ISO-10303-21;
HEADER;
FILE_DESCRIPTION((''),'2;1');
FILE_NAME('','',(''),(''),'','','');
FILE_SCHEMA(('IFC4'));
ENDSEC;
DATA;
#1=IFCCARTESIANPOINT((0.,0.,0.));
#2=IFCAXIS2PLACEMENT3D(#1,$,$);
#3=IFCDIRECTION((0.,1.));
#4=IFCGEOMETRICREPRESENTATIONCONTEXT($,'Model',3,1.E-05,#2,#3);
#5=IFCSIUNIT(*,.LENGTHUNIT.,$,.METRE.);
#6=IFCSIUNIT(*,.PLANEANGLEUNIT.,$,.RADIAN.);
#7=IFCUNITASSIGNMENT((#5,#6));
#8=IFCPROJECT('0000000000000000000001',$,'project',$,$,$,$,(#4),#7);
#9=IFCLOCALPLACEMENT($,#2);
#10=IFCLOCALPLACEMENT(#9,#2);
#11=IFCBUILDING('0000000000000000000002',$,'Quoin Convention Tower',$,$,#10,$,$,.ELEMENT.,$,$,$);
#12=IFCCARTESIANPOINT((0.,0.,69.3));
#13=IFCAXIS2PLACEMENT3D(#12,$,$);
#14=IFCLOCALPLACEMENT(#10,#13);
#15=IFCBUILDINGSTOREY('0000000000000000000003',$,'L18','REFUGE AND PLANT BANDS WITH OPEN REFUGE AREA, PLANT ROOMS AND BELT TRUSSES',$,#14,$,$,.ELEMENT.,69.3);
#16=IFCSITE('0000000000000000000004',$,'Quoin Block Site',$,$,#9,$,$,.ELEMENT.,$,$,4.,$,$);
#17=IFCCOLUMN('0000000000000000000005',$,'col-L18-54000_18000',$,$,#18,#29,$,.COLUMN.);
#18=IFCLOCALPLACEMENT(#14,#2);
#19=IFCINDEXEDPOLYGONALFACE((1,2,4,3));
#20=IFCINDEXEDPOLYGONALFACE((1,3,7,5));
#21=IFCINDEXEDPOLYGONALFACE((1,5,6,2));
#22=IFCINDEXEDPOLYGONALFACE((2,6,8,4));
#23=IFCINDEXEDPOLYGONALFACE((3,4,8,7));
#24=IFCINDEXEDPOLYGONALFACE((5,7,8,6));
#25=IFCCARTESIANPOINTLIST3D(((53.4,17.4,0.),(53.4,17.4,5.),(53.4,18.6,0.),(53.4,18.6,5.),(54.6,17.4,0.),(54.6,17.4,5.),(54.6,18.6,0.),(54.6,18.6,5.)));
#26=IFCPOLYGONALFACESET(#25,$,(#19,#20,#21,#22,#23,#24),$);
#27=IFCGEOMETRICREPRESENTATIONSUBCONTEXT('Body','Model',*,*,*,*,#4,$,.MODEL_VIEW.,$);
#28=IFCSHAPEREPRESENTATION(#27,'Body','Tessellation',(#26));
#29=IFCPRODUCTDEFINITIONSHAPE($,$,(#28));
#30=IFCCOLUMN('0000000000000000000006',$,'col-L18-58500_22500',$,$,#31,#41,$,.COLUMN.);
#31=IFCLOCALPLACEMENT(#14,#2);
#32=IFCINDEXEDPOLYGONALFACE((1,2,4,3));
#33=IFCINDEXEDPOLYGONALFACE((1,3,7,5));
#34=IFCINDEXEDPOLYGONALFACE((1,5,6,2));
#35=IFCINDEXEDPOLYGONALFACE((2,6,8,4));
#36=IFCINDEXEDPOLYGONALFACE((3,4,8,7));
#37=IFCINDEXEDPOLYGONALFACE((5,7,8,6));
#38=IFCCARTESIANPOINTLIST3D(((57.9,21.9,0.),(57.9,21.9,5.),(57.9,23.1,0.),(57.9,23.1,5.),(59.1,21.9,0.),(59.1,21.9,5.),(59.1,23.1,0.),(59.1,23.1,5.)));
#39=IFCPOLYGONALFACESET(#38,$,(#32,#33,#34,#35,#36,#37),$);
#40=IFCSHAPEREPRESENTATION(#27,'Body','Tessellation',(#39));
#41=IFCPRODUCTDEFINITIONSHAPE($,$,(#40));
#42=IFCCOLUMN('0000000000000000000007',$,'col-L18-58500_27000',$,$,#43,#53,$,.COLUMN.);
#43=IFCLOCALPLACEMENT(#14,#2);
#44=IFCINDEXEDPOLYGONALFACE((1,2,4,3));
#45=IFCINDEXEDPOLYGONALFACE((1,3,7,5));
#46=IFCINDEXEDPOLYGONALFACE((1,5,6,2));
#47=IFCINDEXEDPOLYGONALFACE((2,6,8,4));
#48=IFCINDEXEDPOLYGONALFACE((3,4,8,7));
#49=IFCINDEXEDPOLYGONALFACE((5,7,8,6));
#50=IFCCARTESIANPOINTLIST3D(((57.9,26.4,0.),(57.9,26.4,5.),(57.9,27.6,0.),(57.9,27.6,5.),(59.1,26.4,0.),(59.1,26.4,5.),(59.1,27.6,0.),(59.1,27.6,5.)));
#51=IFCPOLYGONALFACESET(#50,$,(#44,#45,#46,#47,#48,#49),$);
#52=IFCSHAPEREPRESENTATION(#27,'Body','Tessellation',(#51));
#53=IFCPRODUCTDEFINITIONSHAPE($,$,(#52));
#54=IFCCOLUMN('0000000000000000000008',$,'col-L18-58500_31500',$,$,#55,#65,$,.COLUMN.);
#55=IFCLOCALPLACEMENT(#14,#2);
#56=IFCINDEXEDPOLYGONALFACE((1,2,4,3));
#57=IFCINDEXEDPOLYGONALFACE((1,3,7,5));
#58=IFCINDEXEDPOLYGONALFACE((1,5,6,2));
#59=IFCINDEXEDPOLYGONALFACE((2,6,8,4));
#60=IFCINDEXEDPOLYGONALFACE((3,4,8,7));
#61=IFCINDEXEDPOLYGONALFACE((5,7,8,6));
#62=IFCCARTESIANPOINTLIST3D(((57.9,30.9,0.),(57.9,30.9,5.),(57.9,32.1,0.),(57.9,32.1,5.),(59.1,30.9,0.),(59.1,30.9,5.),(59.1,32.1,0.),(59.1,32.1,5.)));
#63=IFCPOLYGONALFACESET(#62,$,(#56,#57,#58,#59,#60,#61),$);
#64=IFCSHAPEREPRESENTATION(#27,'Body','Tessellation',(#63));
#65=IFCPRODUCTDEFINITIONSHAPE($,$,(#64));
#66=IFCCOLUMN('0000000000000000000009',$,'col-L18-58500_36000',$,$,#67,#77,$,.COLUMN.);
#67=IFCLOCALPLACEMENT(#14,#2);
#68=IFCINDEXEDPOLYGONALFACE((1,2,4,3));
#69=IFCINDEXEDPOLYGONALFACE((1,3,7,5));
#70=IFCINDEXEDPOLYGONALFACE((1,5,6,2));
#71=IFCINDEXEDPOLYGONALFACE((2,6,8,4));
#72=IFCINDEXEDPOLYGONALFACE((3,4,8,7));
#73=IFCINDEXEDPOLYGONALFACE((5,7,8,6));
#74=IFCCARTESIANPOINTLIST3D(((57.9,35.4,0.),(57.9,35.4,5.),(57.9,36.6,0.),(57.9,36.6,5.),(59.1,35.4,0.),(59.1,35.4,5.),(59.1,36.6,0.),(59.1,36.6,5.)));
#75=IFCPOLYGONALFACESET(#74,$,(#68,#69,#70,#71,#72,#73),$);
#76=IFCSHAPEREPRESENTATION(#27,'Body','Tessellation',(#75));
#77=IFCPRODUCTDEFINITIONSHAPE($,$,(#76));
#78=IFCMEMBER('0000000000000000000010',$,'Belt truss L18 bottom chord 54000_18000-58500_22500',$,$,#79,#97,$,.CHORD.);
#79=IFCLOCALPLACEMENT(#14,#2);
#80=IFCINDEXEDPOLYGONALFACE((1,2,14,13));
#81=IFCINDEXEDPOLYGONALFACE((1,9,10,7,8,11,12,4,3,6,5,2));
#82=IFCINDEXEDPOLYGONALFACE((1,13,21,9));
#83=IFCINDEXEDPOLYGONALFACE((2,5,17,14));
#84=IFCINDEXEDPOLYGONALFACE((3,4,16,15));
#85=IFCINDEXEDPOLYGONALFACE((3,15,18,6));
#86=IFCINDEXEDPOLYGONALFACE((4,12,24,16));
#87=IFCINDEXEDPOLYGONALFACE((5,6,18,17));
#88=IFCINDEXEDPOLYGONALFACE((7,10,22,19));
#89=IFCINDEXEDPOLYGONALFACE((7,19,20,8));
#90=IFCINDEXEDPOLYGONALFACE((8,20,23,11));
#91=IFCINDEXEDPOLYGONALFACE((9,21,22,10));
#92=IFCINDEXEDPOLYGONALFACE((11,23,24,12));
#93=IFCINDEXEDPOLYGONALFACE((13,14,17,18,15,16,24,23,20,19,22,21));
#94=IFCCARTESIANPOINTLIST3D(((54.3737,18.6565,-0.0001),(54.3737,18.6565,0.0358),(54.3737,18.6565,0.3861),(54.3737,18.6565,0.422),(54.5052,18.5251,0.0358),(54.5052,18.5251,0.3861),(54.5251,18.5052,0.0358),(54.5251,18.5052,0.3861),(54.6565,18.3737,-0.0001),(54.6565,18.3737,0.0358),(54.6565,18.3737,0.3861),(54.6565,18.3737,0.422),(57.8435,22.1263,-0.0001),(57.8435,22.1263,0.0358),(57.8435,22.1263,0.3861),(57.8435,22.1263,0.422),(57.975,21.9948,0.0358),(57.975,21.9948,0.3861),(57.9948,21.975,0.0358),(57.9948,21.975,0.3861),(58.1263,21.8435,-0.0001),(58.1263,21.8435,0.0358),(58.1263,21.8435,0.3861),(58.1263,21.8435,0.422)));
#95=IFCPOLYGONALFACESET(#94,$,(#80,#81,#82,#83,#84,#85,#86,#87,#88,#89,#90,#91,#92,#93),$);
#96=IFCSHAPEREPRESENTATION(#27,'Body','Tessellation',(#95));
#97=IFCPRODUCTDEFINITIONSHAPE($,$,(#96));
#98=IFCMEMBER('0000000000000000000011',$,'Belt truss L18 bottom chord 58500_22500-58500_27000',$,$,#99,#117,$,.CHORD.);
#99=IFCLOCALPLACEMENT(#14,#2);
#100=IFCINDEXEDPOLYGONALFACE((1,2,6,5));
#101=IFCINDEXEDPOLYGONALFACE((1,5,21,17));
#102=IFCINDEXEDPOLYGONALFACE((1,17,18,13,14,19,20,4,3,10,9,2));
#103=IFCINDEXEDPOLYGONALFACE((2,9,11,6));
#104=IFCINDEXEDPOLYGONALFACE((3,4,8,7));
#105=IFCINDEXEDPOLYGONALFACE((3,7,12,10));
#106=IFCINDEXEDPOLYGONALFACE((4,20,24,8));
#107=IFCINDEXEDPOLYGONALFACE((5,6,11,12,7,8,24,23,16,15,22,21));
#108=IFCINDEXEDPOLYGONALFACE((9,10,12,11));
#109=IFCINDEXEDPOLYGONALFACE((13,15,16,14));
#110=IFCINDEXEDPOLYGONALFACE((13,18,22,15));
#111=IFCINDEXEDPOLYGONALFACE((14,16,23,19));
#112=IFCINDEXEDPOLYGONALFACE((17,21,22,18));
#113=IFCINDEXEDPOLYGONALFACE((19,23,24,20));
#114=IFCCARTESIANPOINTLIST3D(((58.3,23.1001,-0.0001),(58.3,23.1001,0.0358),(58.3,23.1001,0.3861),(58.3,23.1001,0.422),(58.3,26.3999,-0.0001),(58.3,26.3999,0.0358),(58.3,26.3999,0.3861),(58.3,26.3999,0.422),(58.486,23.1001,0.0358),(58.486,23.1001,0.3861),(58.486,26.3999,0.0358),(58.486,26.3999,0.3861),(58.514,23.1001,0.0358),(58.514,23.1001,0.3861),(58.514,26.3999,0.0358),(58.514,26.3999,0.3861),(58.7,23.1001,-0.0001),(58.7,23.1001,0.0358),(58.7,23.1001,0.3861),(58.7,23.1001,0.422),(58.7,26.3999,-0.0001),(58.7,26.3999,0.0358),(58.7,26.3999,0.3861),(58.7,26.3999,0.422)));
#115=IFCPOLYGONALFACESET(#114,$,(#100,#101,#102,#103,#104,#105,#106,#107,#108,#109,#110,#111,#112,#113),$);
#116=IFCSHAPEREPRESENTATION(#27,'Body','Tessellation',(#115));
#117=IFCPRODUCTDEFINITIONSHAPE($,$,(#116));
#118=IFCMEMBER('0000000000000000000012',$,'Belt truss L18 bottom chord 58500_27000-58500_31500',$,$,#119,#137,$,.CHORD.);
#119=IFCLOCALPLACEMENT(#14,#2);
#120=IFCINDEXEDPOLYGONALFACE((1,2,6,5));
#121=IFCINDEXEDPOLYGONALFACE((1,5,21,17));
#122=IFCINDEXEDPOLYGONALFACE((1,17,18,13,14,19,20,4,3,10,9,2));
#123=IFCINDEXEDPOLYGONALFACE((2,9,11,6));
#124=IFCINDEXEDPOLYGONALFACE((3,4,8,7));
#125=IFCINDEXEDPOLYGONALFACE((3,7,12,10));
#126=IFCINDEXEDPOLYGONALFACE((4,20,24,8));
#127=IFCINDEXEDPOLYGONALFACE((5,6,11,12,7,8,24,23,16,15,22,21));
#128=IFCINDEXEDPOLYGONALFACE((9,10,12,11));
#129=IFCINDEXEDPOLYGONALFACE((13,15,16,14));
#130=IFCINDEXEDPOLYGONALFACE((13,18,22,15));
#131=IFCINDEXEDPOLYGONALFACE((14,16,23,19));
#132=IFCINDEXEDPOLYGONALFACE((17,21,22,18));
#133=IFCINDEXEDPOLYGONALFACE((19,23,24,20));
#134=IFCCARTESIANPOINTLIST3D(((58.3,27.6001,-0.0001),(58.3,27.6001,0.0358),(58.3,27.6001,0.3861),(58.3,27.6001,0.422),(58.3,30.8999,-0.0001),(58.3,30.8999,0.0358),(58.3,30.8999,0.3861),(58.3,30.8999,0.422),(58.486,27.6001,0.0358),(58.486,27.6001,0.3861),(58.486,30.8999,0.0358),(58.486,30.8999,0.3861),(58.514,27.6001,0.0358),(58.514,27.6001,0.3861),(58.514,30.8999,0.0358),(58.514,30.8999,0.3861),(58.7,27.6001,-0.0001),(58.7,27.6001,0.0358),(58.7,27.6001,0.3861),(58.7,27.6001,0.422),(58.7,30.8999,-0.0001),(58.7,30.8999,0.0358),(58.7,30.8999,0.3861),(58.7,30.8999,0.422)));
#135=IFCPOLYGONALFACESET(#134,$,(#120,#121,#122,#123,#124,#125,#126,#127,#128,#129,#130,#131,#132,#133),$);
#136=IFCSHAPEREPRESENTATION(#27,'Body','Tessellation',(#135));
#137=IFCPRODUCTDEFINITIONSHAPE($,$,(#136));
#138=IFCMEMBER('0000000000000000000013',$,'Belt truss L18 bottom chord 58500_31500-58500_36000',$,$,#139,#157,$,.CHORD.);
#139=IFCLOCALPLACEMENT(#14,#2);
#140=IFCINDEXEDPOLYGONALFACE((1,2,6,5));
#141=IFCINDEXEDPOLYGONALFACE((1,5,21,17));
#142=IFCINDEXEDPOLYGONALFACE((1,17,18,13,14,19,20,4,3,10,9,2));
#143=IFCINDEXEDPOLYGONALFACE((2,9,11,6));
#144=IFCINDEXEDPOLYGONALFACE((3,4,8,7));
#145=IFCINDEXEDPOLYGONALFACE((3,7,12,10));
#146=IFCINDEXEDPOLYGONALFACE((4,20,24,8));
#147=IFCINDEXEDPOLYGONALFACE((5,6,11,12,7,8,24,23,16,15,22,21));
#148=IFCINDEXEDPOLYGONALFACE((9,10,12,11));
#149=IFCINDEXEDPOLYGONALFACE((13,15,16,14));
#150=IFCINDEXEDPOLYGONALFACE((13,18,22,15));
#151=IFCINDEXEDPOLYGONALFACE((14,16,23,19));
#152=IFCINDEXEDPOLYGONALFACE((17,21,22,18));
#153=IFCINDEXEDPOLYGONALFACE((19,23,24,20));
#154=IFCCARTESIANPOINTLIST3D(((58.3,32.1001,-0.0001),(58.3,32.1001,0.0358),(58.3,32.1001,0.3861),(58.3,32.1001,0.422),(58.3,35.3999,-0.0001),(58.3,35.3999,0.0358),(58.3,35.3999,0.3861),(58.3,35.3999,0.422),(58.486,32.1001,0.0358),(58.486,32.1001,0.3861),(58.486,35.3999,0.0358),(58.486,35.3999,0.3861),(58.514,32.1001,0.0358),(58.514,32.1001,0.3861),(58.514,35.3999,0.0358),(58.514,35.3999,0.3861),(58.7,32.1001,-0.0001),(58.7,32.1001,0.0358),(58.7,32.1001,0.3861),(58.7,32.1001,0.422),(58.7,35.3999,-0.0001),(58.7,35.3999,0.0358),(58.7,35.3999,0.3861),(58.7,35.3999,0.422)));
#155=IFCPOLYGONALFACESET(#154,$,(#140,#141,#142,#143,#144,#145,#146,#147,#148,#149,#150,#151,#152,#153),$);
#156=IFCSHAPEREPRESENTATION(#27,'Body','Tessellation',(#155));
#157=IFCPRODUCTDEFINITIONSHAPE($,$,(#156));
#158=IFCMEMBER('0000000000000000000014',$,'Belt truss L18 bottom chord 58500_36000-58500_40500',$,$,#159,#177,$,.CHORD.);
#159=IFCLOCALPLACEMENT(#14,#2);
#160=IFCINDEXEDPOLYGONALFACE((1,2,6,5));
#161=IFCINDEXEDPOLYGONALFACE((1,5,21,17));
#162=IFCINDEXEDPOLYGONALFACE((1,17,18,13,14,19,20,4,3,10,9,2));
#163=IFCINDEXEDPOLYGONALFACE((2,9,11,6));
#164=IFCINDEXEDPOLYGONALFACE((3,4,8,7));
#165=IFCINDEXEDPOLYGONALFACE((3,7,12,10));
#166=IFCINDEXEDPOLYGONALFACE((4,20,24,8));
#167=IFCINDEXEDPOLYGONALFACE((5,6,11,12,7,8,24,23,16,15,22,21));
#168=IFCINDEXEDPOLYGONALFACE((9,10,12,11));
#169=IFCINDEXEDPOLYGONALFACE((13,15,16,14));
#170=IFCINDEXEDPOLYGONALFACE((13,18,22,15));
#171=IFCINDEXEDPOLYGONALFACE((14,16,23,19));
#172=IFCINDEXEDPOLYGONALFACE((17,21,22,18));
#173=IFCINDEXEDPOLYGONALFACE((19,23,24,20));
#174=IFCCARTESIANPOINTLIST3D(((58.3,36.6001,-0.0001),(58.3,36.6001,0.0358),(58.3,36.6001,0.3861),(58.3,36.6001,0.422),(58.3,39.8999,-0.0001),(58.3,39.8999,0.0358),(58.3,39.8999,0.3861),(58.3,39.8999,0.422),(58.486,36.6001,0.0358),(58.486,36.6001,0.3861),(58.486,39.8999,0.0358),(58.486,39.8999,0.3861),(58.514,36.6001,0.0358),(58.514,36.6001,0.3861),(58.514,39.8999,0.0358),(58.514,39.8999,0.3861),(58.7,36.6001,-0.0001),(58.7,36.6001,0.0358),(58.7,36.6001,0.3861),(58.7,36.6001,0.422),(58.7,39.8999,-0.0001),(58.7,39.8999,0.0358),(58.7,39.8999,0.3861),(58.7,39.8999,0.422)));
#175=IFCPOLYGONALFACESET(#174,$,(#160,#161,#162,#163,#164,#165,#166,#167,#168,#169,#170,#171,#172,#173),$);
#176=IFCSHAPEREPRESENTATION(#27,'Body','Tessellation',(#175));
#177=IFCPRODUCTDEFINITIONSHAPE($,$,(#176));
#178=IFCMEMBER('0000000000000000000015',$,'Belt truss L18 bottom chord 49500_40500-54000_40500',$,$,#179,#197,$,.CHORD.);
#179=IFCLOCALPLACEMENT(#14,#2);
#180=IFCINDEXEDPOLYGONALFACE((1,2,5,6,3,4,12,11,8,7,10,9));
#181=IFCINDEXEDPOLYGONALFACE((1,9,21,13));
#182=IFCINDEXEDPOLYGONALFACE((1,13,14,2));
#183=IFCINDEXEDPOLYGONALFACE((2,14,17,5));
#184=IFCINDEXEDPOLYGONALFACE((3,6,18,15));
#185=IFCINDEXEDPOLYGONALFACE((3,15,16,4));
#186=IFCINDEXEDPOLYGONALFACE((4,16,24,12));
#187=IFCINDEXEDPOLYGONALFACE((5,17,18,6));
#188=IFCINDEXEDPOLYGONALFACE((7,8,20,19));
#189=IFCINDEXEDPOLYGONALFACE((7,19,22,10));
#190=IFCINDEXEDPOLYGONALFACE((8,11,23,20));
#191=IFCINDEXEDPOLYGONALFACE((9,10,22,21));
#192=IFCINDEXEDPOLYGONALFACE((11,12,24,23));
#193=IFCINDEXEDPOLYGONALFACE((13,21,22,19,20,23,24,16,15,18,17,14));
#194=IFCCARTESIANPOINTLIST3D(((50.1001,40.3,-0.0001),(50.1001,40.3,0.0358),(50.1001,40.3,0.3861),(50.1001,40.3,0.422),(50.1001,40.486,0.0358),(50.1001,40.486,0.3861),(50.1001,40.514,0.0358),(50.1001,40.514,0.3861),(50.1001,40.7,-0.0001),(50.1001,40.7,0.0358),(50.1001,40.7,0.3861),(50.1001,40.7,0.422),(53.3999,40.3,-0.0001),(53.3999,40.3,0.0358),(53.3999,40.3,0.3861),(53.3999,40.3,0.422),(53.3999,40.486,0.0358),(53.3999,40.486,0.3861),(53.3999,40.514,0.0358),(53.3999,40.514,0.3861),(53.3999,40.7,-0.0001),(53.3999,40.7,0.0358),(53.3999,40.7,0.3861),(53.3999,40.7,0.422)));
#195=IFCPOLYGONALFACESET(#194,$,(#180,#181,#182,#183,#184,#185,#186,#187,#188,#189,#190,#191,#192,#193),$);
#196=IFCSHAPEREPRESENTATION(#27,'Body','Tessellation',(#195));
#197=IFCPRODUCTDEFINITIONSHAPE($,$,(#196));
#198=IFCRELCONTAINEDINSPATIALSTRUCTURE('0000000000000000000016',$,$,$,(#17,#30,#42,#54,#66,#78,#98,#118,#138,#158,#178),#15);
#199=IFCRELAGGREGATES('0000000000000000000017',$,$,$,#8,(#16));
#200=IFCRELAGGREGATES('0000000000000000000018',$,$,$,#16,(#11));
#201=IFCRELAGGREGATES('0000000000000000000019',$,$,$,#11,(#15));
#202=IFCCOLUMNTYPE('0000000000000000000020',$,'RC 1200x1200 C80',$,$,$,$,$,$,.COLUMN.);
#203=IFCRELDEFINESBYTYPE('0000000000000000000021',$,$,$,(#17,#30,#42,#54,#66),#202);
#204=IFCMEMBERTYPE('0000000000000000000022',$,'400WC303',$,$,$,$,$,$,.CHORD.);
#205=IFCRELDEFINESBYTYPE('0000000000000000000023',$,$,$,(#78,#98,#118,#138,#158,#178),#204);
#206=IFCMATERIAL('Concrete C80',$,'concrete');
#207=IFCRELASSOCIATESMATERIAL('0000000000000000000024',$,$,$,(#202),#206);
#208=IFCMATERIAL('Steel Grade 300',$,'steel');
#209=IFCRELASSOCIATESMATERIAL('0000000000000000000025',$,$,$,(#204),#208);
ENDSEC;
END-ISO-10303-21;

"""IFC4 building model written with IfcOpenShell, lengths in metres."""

from ifc_helpers import new_model, si_unit, direction, frame, origin, origin_2d, place, context, subcontext, project, spatial, rectangle, i_section, extrude, material, material_profile, profile_set, type_object, element, save


model = new_model("IFC4")

# Units and contexts
model_context = context("Model", 3, precision=1e-05, world=origin(), true_north=direction((0.0, 1.0)))
body_context = subcontext(model_context, "Body", "Model", "MODEL_VIEW")
ifc_project = project(units=[si_unit("LENGTHUNIT", "METRE"), si_unit("PLANEANGLEUNIT", "RADIAN")], contexts=[model_context])

# Site, building, storey
site_placement = place(None, origin())
site = spatial("IfcSite", under=ifc_project, at=site_placement, Name="Quoin Block Site", CompositionType="ELEMENT", RefElevation=4.0)
building_placement = place(site_placement, origin())
building = spatial("IfcBuilding", under=site, at=building_placement, Name="Quoin Convention Tower", CompositionType="ELEMENT")
storey_placement = place(building_placement, frame((0.0, 0.0, 69.3)))
storey = spatial("IfcBuildingStorey", under=building, at=storey_placement, Name="L18", Description="REFUGE AND PLANT BANDS WITH OPEN REFUGE AREA, PLANT ROOMS AND BELT TRUSSES", CompositionType="ELEMENT", Elevation=69.3)

# Columns
ifc_material_1 = material(Name="Concrete C80", Category="concrete")
ifc_material_profile_1 = material_profile(ifc_material_1, rectangle(XDim=1.2, YDim=1.2, at=origin_2d()), Name="RC 1200x1200")
ifc_profile_set_1 = profile_set([ifc_material_profile_1], Name="Concrete C80")
column_type = type_object("IfcColumnType", Name="RC 1200x1200 C80", PredefinedType="COLUMN", material=ifc_profile_set_1)
for number, where, z_axis, x_axis, name in (
    (1, (54.0, 18.0, 0.0), (0.0, 0.0, 1.0), (1.0, 0.0, 0.0), "col-L18-54000_18000"),
    (2, (58.5, 22.5, 0.0), (0.0, 0.0, 1.0), (1.0, 0.0, 0.0), "col-L18-58500_22500"),
    (3, (58.5, 27.0, 0.0), (0.0, 0.0, 1.0), (1.0, 0.0, 0.0), "col-L18-58500_27000"),
    (4, (58.5, 31.5, 0.0), (0.0, 0.0, 1.0), (1.0, 0.0, 0.0), "col-L18-58500_31500"),
    (5, (58.5, 36.0, 0.0), (0.0, 0.0, 1.0), (1.0, 0.0, 0.0), "col-L18-58500_36000"),
):
    element("IfcColumn", number, at=place(storey_placement, frame(where, z_axis=z_axis, x_axis=x_axis)), inside=storey, type_object=column_type, Name=name, PredefinedType="COLUMN", context=body_context, shape_type="SweptSolid", body=[
        extrude(rectangle(XDim=1.2, YDim=1.2, at=origin_2d()), origin(), (0.0, 0.0, 1.0), 5.0),
    ])

# Members
ifc_material_2 = material(Name="Steel Grade 300", Category="steel")
ifc_material_profile_2 = material_profile(ifc_material_2, i_section(OverallWidth=0.3999, OverallDepth=0.4221, WebThickness=0.0281, FlangeThickness=0.0359, at=origin_2d()), Name="400WC303")
ifc_profile_set_2 = profile_set([ifc_material_profile_2], Name="Steel Grade 300")
member_type_1 = type_object("IfcMemberType", Name="400WC303", PredefinedType="CHORD", material=ifc_profile_set_2)
member_1_placement = place(storey_placement, frame((54.5151, 18.5151, 0.2109), z_axis=(0.707107, 0.707107, 0.0), x_axis=(-0.707107, 0.707107, 0.0)))
element("IfcMember", 6, at=member_1_placement, inside=storey, type_object=member_type_1, Name="Belt truss L18 bottom chord 54000_18000-58500_22500", PredefinedType="CHORD", context=body_context, shape_type="SweptSolid", body=[
    extrude(i_section(OverallWidth=0.3999, OverallDepth=0.4221, WebThickness=0.0281, FlangeThickness=0.0359, at=origin_2d()), origin(), (0.0, 0.0, 1.0), 4.907),
])
for number, where, z_axis, x_axis, name in (
    (7, (58.5, 23.1001, 0.2109), (0.0, 1.0, 0.0), (-1.0, 0.0, 0.0), "Belt truss L18 bottom chord 58500_22500-58500_27000"),
    (8, (58.5, 27.6001, 0.2109), (0.0, 1.0, 0.0), (-1.0, 0.0, 0.0), "Belt truss L18 bottom chord 58500_27000-58500_31500"),
    (9, (58.5, 32.1001, 0.2109), (0.0, 1.0, 0.0), (-1.0, 0.0, 0.0), "Belt truss L18 bottom chord 58500_31500-58500_36000"),
    (10, (58.5, 36.6001, 0.2109), (0.0, 1.0, 0.0), (-1.0, 0.0, 0.0), "Belt truss L18 bottom chord 58500_36000-58500_40500"),
    (11, (50.1001, 40.5, 0.2109), (1.0, 0.0, 0.0), (0.0, 1.0, 0.0), "Belt truss L18 bottom chord 49500_40500-54000_40500"),
):
    element("IfcMember", number, at=place(storey_placement, frame(where, z_axis=z_axis, x_axis=x_axis)), inside=storey, type_object=member_type_1, Name=name, PredefinedType="CHORD", context=body_context, shape_type="SweptSolid", body=[
        extrude(i_section(OverallWidth=0.3999, OverallDepth=0.4221, WebThickness=0.0281, FlangeThickness=0.0359, at=origin_2d()), origin(), (0.0, 0.0, 1.0), 3.2998),
    ])

save(model, "model.ifc")
